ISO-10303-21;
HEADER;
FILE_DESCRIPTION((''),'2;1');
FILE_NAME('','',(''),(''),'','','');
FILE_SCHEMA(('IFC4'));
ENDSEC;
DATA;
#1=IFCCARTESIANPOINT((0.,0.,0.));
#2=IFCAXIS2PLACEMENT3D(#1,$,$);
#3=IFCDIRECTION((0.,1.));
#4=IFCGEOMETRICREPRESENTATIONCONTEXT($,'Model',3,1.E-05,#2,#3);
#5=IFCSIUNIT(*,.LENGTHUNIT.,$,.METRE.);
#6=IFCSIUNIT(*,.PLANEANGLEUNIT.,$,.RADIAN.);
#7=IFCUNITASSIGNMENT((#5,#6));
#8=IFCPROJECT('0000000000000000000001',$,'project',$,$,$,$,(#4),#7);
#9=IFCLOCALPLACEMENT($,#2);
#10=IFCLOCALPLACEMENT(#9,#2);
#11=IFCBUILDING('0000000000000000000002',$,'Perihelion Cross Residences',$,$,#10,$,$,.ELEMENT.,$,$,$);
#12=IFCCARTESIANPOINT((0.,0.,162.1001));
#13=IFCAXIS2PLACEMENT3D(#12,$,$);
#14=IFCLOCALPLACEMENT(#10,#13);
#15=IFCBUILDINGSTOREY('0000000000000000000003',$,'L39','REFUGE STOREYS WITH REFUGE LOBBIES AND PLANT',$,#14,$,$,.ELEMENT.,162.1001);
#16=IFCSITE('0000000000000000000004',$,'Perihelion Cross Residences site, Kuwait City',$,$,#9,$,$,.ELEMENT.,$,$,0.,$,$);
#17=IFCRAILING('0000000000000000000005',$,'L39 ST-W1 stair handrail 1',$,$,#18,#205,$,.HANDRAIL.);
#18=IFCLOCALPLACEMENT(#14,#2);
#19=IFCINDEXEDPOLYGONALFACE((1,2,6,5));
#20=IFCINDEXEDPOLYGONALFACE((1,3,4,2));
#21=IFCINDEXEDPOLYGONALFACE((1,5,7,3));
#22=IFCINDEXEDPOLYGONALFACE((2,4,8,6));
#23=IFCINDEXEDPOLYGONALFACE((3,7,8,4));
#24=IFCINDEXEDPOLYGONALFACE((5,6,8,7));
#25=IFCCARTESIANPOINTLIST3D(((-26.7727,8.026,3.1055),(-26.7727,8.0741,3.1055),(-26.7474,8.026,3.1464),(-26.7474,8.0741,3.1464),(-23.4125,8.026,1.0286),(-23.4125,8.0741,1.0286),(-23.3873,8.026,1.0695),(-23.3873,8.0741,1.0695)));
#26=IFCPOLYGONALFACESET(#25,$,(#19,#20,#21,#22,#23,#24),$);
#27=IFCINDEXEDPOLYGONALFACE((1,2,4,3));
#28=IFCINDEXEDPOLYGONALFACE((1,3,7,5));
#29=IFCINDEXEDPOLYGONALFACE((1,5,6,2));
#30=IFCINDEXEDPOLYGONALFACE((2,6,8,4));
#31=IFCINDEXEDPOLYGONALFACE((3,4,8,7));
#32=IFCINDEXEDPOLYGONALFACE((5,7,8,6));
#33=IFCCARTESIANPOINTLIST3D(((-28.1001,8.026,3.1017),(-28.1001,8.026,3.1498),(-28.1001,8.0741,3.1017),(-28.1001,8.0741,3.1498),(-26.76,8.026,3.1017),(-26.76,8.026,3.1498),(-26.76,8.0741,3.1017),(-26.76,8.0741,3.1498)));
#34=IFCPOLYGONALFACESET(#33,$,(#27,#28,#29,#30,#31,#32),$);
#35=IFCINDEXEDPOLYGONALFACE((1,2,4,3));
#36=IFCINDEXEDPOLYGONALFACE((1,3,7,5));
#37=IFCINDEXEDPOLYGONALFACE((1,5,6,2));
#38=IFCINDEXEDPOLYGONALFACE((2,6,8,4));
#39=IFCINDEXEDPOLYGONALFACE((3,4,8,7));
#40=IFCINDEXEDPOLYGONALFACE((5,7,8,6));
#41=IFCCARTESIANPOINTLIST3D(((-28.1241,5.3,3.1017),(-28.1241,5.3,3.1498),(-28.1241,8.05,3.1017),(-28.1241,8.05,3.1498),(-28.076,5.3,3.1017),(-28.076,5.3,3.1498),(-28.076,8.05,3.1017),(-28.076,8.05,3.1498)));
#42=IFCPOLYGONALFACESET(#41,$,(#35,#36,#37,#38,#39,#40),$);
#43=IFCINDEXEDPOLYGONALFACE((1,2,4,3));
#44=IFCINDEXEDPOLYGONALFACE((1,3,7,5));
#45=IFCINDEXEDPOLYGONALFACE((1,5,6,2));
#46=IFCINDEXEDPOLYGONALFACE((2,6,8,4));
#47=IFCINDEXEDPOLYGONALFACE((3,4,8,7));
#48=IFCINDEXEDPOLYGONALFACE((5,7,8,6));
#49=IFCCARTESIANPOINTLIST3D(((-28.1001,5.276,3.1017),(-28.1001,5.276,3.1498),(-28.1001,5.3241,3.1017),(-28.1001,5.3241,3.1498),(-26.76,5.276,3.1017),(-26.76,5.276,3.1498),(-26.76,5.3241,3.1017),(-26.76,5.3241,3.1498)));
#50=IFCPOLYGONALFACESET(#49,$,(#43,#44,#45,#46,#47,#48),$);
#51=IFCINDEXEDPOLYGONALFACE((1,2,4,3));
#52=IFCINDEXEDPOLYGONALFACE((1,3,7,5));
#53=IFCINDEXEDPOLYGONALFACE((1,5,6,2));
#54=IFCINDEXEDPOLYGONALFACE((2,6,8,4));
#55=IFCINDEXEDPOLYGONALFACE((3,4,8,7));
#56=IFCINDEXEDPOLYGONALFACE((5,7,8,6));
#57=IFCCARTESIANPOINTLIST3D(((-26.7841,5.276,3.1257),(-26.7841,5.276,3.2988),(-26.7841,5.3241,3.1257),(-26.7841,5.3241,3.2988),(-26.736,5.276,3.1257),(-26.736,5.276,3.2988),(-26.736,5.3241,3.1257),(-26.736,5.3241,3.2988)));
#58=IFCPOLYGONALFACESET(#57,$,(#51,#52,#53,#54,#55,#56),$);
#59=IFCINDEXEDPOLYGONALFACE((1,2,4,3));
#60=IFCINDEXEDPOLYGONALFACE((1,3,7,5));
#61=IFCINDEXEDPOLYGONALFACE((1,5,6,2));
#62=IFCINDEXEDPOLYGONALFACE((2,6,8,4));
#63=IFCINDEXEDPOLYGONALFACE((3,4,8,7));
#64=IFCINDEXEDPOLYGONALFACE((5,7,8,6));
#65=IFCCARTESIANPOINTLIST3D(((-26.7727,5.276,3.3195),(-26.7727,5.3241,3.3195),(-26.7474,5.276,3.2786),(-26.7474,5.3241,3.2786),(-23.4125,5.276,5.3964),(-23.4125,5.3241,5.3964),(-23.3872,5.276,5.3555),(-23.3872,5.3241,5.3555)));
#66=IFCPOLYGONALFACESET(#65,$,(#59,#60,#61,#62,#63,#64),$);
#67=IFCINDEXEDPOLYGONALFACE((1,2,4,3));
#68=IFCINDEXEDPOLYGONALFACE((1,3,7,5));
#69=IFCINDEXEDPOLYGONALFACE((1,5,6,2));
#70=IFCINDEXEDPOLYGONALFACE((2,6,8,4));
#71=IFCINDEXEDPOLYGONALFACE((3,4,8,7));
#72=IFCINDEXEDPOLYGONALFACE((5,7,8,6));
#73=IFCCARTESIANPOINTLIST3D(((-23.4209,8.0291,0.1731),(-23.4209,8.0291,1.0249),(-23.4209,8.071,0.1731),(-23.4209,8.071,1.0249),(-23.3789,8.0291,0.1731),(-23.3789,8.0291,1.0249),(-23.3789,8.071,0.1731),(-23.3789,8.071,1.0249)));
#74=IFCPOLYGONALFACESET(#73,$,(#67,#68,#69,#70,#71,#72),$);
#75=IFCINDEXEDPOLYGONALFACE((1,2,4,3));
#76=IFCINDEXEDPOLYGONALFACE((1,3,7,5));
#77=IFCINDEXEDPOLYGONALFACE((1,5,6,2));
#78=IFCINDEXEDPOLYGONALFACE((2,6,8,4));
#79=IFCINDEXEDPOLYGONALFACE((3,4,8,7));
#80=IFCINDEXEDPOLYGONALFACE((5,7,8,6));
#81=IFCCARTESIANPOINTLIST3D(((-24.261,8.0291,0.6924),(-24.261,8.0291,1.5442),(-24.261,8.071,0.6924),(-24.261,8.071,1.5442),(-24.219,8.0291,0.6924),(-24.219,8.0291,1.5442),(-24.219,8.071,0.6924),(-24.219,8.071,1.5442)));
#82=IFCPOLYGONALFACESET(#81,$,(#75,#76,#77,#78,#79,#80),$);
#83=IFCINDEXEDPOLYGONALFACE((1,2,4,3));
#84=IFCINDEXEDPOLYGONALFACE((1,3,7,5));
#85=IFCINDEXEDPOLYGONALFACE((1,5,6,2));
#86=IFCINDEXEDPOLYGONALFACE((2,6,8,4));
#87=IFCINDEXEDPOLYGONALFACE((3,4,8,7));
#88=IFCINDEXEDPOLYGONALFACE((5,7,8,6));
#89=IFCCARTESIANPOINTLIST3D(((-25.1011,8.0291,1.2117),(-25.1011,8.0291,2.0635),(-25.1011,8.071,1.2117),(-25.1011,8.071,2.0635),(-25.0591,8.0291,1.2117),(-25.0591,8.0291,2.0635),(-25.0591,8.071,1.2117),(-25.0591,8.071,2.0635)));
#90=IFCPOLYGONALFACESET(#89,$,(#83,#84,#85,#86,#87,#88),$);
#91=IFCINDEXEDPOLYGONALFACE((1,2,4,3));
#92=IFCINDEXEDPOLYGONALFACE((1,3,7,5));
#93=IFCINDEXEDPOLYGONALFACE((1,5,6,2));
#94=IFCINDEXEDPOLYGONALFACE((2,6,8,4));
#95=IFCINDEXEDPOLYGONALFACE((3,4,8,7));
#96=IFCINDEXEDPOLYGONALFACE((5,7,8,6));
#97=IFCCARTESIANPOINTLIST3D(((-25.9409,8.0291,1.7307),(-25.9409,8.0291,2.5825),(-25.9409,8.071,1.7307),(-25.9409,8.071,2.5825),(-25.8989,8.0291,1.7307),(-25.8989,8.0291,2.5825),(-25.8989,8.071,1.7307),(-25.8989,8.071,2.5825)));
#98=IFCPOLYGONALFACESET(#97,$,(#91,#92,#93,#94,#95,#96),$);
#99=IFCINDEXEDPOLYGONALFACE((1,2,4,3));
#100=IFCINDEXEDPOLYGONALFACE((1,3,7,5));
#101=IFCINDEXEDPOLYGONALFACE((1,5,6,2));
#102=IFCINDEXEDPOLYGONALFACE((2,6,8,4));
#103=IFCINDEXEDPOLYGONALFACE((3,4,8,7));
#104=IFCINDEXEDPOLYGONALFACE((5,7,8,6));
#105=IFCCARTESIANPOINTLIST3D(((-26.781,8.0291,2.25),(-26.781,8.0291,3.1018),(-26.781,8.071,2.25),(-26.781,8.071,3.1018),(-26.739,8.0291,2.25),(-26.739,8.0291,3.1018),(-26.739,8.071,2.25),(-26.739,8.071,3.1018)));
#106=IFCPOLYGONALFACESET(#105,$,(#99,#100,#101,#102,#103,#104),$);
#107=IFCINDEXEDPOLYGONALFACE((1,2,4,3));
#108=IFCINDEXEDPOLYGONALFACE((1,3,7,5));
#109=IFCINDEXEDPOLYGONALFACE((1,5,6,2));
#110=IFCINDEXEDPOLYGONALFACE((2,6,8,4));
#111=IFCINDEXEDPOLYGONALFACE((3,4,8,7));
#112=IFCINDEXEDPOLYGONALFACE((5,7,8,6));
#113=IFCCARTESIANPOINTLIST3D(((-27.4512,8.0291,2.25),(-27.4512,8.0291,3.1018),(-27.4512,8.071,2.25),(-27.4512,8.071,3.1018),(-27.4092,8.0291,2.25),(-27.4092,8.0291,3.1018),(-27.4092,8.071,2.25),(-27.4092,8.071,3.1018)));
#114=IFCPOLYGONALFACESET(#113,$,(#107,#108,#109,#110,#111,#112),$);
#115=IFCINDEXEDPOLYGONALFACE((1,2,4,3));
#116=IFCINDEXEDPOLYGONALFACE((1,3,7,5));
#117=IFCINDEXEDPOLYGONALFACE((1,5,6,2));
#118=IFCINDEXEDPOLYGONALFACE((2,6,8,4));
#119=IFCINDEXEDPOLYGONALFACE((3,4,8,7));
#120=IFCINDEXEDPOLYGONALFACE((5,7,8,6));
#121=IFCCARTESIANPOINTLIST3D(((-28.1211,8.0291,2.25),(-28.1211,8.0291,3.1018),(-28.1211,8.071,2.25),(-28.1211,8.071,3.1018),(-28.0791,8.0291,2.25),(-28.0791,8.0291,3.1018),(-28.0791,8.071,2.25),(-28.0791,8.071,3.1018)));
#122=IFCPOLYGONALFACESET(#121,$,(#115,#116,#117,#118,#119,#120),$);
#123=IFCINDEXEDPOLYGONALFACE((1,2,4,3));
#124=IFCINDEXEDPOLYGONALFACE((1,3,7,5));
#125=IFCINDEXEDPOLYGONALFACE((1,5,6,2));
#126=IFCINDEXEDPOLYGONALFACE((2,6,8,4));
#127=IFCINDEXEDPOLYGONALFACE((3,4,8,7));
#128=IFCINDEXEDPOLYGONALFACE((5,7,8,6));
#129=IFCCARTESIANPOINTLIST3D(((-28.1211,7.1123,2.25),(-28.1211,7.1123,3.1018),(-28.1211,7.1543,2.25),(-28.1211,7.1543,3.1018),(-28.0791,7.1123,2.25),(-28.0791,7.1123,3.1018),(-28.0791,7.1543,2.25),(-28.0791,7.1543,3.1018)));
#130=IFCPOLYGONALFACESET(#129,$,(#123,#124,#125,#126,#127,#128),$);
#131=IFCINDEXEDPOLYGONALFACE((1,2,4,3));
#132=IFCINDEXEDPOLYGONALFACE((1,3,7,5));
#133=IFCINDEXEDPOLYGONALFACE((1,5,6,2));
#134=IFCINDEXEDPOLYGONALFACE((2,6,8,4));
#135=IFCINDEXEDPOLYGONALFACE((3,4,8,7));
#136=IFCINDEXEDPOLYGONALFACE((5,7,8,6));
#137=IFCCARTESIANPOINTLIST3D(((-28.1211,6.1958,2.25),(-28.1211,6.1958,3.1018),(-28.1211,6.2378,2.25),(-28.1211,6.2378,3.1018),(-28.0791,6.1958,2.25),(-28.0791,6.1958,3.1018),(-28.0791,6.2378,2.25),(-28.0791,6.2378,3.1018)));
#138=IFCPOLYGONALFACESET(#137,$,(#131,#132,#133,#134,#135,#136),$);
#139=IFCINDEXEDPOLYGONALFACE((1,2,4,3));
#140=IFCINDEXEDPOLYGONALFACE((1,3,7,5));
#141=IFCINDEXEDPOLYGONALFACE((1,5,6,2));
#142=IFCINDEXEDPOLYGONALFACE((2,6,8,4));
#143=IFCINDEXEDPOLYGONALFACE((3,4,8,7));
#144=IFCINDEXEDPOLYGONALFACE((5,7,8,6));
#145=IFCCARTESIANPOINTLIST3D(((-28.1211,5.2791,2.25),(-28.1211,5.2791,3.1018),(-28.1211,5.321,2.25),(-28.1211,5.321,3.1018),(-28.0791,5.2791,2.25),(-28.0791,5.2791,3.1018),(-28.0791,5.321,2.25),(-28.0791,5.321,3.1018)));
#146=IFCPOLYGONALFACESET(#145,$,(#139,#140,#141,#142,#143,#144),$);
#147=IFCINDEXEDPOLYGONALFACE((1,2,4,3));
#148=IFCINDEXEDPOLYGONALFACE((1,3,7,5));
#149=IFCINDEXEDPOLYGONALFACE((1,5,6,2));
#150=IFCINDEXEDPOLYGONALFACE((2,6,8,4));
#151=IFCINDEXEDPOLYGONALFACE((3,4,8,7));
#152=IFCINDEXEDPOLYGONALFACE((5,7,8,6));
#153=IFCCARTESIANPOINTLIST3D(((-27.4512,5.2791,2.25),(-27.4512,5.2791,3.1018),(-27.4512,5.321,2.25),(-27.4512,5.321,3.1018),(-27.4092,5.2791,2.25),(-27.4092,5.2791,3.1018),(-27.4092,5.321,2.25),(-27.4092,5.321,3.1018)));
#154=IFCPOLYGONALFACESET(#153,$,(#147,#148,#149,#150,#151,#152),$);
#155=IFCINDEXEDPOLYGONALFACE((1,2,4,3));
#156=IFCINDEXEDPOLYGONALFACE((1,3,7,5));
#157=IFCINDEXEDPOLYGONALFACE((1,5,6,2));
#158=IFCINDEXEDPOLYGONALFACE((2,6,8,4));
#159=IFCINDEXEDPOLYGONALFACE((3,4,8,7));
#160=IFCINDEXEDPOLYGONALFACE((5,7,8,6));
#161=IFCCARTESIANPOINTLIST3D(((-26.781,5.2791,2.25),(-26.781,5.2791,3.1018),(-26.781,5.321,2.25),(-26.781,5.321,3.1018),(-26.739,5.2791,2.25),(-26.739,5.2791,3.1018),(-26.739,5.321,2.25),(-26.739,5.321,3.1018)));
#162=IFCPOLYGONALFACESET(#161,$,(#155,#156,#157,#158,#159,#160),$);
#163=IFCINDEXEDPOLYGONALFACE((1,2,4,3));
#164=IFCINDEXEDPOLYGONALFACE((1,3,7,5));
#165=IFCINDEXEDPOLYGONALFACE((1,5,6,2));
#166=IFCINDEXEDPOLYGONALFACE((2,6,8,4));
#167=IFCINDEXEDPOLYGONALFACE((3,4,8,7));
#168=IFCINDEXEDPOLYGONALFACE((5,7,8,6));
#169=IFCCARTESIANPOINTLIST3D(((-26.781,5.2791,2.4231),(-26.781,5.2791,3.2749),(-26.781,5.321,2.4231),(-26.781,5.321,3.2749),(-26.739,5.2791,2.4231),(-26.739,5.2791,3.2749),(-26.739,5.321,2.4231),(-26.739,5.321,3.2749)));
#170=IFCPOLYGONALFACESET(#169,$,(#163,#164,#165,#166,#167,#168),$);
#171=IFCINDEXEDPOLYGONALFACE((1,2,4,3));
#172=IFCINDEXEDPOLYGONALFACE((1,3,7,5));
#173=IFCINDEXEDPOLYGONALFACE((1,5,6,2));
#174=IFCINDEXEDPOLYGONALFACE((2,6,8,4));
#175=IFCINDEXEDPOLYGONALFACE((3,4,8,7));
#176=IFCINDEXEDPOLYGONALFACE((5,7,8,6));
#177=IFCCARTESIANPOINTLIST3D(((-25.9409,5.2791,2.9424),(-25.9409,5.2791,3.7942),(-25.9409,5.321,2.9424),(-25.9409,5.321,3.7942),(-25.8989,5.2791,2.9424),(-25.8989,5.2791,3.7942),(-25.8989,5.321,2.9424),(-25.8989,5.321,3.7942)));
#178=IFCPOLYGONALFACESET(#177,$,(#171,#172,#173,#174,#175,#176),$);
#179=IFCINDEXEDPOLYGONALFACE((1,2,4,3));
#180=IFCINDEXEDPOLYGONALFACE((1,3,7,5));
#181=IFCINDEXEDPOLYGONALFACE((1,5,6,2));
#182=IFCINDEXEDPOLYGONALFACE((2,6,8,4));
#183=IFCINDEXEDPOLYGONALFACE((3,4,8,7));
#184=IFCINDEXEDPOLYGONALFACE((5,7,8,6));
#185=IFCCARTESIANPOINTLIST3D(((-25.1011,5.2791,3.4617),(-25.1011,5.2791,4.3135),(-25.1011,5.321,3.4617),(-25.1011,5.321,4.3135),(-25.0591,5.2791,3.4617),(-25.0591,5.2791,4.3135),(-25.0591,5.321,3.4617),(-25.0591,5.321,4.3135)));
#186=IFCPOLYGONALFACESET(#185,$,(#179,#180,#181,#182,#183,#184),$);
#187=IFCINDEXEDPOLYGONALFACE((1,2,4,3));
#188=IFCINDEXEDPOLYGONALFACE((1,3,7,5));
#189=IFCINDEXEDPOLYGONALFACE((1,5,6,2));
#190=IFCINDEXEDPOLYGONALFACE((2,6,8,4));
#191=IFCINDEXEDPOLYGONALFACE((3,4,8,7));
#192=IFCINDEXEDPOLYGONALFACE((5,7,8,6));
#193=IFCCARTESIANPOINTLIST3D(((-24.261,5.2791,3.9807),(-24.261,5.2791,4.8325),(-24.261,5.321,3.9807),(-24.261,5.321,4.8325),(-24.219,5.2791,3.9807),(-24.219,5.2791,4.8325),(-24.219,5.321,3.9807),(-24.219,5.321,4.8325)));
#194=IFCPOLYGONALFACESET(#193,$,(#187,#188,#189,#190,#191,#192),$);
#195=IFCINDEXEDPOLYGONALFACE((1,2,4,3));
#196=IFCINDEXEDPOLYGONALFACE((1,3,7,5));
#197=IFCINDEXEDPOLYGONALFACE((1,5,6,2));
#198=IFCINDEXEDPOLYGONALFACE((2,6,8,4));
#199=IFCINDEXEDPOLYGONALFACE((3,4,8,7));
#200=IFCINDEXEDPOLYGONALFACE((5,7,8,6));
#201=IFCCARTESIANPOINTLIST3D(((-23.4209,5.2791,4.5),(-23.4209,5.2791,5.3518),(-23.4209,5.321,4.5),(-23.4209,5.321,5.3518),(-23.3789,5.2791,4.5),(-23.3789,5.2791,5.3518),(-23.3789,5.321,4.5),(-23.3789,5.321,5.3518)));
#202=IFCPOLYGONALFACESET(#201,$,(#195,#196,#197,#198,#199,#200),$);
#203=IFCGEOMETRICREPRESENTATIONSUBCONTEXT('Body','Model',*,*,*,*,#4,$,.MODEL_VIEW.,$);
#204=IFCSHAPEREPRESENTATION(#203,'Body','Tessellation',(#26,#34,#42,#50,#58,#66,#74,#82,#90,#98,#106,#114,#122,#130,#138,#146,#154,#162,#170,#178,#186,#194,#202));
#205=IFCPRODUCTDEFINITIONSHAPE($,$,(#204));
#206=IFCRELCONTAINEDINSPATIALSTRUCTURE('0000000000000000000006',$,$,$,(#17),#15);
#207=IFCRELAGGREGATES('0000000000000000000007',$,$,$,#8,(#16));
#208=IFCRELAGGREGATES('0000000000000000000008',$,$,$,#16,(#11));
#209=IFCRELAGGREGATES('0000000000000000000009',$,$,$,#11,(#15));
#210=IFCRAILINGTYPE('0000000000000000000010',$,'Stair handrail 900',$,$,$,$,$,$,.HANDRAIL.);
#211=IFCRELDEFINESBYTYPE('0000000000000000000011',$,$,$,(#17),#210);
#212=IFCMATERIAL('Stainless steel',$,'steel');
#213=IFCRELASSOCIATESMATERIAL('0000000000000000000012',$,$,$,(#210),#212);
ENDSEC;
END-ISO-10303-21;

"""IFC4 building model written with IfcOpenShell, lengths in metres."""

from ifc_helpers import new_model, si_unit, direction, frame, origin, origin_2d, place, context, subcontext, project, spatial, rectangle, extrude, material, type_object, element, save


model = new_model("IFC4")

# Units and contexts
model_context = context("Model", 3, precision=1e-05, world=origin(), true_north=direction((0.0, 1.0)))
body_context = subcontext(model_context, "Body", "Model", "MODEL_VIEW")
ifc_project = project(units=[si_unit("LENGTHUNIT", "METRE"), si_unit("PLANEANGLEUNIT", "RADIAN")], contexts=[model_context])

# Site, building, storey
site_placement = place(None, origin())
site = spatial("IfcSite", under=ifc_project, at=site_placement, Name="Perihelion Cross Residences site, Kuwait City", CompositionType="ELEMENT", RefElevation=0.0)
building_placement = place(site_placement, origin())
building = spatial("IfcBuilding", under=site, at=building_placement, Name="Perihelion Cross Residences", CompositionType="ELEMENT")
storey_placement = place(building_placement, frame((0.0, 0.0, 162.1001)))
storey = spatial("IfcBuildingStorey", under=building, at=storey_placement, Name="L39", Description="REFUGE STOREYS WITH REFUGE LOBBIES AND PLANT", CompositionType="ELEMENT", Elevation=162.1001)

# Railing
ifc_material_1 = material(Name="Stainless steel", Category="steel")
railing_type_1 = type_object("IfcRailingType", Name="Stair handrail 900", PredefinedType="HANDRAIL", material=ifc_material_1)
railing_1_placement = place(storey_placement, frame((-23.3999, 8.05, 0.1731)))
element("IfcRailing", 1, at=railing_1_placement, inside=storey, type_object=railing_type_1, Name="L39 ST-W1 stair handrail 1", PredefinedType="HANDRAIL", context=body_context, shape_type="SweptSolid", body=[
    extrude(rectangle(XDim=0.0481, YDim=0.0481, at=origin_2d()), frame((0.0, 0.0, 0.876), z_axis=(-0.850623, 0.0, 0.525776), x_axis=(0.0, -1.0, 0.0)), (0.0, 0.0, 1.0), 3.9502),
    extrude(rectangle(XDim=0.0481, YDim=0.0481, at=origin_2d()), frame((-3.3601, 0.0, 2.9526), z_axis=(-1.0, 0.0, 0.0), x_axis=(0.0, -1.0, 0.0)), (0.0, 0.0, 1.0), 1.3401),
    extrude(rectangle(XDim=0.0481, YDim=0.0481, at=origin_2d()), frame((-4.7002, 0.0, 2.9526), z_axis=(0.0, -1.0, 0.0), x_axis=(1.0, 0.0, 0.0)), (0.0, 0.0, 1.0), 2.75),
    extrude(rectangle(XDim=0.0481, YDim=0.0481, at=origin_2d()), frame((-4.7002, -2.75, 2.9526), z_axis=(1.0, 0.0, 0.0), x_axis=(0.0, 1.0, 0.0)), (0.0, 0.0, 1.0), 1.3401),
    extrude(rectangle(XDim=0.0481, YDim=0.0481, at=origin_2d()), frame((-3.3601, -2.75, 2.9526), z_axis=(0.0, 0.0, 1.0), x_axis=(1.0, 0.0, 0.0)), (0.0, 0.0, 1.0), 0.1731),
    extrude(rectangle(XDim=0.0481, YDim=0.0481, at=origin_2d()), frame((-3.3601, -2.75, 3.126), z_axis=(0.850623, 0.0, 0.525776), x_axis=(0.0, 1.0, 0.0)), (0.0, 0.0, 1.0), 3.9502),
    extrude(rectangle(XDim=0.042, YDim=0.042, at=origin_2d()), origin(), (0.0, 0.0, 1.0), 0.8518),
    extrude(rectangle(XDim=0.042, YDim=0.042, at=origin_2d()), frame((-0.8401, 0.0, 0.5193)), (0.0, 0.0, 1.0), 0.8518),
    extrude(rectangle(XDim=0.042, YDim=0.042, at=origin_2d()), frame((-1.6802, 0.0, 1.0386)), (0.0, 0.0, 1.0), 0.8518),
    extrude(rectangle(XDim=0.042, YDim=0.042, at=origin_2d()), frame((-2.52, 0.0, 1.5576)), (0.0, 0.0, 1.0), 0.8518),
    extrude(rectangle(XDim=0.042, YDim=0.042, at=origin_2d()), frame((-3.3601, 0.0, 2.0769)), (0.0, 0.0, 1.0), 0.8518),
    extrude(rectangle(XDim=0.042, YDim=0.042, at=origin_2d()), frame((-4.0303, 0.0, 2.0769)), (0.0, 0.0, 1.0), 0.8518),
    extrude(rectangle(XDim=0.042, YDim=0.042, at=origin_2d()), frame((-4.7002, 0.0, 2.0769)), (0.0, 0.0, 1.0), 0.8518),
    extrude(rectangle(XDim=0.042, YDim=0.042, at=origin_2d()), frame((-4.7002, -0.9167, 2.0769)), (0.0, 0.0, 1.0), 0.8518),
    extrude(rectangle(XDim=0.042, YDim=0.042, at=origin_2d()), frame((-4.7002, -1.8333, 2.0769)), (0.0, 0.0, 1.0), 0.8518),
    extrude(rectangle(XDim=0.042, YDim=0.042, at=origin_2d()), frame((-4.7002, -2.75, 2.0769)), (0.0, 0.0, 1.0), 0.8518),
    extrude(rectangle(XDim=0.042, YDim=0.042, at=origin_2d()), frame((-4.0303, -2.75, 2.0769)), (0.0, 0.0, 1.0), 0.8518),
    extrude(rectangle(XDim=0.042, YDim=0.042, at=origin_2d()), frame((-3.3601, -2.75, 2.0769)), (0.0, 0.0, 1.0), 0.8518),
    extrude(rectangle(XDim=0.042, YDim=0.042, at=origin_2d()), frame((-3.3601, -2.75, 2.25)), (0.0, 0.0, 1.0), 0.8518),
    extrude(rectangle(XDim=0.042, YDim=0.042, at=origin_2d()), frame((-2.52, -2.75, 2.7693)), (0.0, 0.0, 1.0), 0.8518),
    extrude(rectangle(XDim=0.042, YDim=0.042, at=origin_2d()), frame((-1.6802, -2.75, 3.2886)), (0.0, 0.0, 1.0), 0.8518),
    extrude(rectangle(XDim=0.042, YDim=0.042, at=origin_2d()), frame((-0.8401, -2.75, 3.8076)), (0.0, 0.0, 1.0), 0.8518),
    extrude(rectangle(XDim=0.042, YDim=0.042, at=origin_2d()), frame((0.0, -2.75, 4.3269)), (0.0, 0.0, 1.0), 0.8518),
])

save(model, "model.ifc")
